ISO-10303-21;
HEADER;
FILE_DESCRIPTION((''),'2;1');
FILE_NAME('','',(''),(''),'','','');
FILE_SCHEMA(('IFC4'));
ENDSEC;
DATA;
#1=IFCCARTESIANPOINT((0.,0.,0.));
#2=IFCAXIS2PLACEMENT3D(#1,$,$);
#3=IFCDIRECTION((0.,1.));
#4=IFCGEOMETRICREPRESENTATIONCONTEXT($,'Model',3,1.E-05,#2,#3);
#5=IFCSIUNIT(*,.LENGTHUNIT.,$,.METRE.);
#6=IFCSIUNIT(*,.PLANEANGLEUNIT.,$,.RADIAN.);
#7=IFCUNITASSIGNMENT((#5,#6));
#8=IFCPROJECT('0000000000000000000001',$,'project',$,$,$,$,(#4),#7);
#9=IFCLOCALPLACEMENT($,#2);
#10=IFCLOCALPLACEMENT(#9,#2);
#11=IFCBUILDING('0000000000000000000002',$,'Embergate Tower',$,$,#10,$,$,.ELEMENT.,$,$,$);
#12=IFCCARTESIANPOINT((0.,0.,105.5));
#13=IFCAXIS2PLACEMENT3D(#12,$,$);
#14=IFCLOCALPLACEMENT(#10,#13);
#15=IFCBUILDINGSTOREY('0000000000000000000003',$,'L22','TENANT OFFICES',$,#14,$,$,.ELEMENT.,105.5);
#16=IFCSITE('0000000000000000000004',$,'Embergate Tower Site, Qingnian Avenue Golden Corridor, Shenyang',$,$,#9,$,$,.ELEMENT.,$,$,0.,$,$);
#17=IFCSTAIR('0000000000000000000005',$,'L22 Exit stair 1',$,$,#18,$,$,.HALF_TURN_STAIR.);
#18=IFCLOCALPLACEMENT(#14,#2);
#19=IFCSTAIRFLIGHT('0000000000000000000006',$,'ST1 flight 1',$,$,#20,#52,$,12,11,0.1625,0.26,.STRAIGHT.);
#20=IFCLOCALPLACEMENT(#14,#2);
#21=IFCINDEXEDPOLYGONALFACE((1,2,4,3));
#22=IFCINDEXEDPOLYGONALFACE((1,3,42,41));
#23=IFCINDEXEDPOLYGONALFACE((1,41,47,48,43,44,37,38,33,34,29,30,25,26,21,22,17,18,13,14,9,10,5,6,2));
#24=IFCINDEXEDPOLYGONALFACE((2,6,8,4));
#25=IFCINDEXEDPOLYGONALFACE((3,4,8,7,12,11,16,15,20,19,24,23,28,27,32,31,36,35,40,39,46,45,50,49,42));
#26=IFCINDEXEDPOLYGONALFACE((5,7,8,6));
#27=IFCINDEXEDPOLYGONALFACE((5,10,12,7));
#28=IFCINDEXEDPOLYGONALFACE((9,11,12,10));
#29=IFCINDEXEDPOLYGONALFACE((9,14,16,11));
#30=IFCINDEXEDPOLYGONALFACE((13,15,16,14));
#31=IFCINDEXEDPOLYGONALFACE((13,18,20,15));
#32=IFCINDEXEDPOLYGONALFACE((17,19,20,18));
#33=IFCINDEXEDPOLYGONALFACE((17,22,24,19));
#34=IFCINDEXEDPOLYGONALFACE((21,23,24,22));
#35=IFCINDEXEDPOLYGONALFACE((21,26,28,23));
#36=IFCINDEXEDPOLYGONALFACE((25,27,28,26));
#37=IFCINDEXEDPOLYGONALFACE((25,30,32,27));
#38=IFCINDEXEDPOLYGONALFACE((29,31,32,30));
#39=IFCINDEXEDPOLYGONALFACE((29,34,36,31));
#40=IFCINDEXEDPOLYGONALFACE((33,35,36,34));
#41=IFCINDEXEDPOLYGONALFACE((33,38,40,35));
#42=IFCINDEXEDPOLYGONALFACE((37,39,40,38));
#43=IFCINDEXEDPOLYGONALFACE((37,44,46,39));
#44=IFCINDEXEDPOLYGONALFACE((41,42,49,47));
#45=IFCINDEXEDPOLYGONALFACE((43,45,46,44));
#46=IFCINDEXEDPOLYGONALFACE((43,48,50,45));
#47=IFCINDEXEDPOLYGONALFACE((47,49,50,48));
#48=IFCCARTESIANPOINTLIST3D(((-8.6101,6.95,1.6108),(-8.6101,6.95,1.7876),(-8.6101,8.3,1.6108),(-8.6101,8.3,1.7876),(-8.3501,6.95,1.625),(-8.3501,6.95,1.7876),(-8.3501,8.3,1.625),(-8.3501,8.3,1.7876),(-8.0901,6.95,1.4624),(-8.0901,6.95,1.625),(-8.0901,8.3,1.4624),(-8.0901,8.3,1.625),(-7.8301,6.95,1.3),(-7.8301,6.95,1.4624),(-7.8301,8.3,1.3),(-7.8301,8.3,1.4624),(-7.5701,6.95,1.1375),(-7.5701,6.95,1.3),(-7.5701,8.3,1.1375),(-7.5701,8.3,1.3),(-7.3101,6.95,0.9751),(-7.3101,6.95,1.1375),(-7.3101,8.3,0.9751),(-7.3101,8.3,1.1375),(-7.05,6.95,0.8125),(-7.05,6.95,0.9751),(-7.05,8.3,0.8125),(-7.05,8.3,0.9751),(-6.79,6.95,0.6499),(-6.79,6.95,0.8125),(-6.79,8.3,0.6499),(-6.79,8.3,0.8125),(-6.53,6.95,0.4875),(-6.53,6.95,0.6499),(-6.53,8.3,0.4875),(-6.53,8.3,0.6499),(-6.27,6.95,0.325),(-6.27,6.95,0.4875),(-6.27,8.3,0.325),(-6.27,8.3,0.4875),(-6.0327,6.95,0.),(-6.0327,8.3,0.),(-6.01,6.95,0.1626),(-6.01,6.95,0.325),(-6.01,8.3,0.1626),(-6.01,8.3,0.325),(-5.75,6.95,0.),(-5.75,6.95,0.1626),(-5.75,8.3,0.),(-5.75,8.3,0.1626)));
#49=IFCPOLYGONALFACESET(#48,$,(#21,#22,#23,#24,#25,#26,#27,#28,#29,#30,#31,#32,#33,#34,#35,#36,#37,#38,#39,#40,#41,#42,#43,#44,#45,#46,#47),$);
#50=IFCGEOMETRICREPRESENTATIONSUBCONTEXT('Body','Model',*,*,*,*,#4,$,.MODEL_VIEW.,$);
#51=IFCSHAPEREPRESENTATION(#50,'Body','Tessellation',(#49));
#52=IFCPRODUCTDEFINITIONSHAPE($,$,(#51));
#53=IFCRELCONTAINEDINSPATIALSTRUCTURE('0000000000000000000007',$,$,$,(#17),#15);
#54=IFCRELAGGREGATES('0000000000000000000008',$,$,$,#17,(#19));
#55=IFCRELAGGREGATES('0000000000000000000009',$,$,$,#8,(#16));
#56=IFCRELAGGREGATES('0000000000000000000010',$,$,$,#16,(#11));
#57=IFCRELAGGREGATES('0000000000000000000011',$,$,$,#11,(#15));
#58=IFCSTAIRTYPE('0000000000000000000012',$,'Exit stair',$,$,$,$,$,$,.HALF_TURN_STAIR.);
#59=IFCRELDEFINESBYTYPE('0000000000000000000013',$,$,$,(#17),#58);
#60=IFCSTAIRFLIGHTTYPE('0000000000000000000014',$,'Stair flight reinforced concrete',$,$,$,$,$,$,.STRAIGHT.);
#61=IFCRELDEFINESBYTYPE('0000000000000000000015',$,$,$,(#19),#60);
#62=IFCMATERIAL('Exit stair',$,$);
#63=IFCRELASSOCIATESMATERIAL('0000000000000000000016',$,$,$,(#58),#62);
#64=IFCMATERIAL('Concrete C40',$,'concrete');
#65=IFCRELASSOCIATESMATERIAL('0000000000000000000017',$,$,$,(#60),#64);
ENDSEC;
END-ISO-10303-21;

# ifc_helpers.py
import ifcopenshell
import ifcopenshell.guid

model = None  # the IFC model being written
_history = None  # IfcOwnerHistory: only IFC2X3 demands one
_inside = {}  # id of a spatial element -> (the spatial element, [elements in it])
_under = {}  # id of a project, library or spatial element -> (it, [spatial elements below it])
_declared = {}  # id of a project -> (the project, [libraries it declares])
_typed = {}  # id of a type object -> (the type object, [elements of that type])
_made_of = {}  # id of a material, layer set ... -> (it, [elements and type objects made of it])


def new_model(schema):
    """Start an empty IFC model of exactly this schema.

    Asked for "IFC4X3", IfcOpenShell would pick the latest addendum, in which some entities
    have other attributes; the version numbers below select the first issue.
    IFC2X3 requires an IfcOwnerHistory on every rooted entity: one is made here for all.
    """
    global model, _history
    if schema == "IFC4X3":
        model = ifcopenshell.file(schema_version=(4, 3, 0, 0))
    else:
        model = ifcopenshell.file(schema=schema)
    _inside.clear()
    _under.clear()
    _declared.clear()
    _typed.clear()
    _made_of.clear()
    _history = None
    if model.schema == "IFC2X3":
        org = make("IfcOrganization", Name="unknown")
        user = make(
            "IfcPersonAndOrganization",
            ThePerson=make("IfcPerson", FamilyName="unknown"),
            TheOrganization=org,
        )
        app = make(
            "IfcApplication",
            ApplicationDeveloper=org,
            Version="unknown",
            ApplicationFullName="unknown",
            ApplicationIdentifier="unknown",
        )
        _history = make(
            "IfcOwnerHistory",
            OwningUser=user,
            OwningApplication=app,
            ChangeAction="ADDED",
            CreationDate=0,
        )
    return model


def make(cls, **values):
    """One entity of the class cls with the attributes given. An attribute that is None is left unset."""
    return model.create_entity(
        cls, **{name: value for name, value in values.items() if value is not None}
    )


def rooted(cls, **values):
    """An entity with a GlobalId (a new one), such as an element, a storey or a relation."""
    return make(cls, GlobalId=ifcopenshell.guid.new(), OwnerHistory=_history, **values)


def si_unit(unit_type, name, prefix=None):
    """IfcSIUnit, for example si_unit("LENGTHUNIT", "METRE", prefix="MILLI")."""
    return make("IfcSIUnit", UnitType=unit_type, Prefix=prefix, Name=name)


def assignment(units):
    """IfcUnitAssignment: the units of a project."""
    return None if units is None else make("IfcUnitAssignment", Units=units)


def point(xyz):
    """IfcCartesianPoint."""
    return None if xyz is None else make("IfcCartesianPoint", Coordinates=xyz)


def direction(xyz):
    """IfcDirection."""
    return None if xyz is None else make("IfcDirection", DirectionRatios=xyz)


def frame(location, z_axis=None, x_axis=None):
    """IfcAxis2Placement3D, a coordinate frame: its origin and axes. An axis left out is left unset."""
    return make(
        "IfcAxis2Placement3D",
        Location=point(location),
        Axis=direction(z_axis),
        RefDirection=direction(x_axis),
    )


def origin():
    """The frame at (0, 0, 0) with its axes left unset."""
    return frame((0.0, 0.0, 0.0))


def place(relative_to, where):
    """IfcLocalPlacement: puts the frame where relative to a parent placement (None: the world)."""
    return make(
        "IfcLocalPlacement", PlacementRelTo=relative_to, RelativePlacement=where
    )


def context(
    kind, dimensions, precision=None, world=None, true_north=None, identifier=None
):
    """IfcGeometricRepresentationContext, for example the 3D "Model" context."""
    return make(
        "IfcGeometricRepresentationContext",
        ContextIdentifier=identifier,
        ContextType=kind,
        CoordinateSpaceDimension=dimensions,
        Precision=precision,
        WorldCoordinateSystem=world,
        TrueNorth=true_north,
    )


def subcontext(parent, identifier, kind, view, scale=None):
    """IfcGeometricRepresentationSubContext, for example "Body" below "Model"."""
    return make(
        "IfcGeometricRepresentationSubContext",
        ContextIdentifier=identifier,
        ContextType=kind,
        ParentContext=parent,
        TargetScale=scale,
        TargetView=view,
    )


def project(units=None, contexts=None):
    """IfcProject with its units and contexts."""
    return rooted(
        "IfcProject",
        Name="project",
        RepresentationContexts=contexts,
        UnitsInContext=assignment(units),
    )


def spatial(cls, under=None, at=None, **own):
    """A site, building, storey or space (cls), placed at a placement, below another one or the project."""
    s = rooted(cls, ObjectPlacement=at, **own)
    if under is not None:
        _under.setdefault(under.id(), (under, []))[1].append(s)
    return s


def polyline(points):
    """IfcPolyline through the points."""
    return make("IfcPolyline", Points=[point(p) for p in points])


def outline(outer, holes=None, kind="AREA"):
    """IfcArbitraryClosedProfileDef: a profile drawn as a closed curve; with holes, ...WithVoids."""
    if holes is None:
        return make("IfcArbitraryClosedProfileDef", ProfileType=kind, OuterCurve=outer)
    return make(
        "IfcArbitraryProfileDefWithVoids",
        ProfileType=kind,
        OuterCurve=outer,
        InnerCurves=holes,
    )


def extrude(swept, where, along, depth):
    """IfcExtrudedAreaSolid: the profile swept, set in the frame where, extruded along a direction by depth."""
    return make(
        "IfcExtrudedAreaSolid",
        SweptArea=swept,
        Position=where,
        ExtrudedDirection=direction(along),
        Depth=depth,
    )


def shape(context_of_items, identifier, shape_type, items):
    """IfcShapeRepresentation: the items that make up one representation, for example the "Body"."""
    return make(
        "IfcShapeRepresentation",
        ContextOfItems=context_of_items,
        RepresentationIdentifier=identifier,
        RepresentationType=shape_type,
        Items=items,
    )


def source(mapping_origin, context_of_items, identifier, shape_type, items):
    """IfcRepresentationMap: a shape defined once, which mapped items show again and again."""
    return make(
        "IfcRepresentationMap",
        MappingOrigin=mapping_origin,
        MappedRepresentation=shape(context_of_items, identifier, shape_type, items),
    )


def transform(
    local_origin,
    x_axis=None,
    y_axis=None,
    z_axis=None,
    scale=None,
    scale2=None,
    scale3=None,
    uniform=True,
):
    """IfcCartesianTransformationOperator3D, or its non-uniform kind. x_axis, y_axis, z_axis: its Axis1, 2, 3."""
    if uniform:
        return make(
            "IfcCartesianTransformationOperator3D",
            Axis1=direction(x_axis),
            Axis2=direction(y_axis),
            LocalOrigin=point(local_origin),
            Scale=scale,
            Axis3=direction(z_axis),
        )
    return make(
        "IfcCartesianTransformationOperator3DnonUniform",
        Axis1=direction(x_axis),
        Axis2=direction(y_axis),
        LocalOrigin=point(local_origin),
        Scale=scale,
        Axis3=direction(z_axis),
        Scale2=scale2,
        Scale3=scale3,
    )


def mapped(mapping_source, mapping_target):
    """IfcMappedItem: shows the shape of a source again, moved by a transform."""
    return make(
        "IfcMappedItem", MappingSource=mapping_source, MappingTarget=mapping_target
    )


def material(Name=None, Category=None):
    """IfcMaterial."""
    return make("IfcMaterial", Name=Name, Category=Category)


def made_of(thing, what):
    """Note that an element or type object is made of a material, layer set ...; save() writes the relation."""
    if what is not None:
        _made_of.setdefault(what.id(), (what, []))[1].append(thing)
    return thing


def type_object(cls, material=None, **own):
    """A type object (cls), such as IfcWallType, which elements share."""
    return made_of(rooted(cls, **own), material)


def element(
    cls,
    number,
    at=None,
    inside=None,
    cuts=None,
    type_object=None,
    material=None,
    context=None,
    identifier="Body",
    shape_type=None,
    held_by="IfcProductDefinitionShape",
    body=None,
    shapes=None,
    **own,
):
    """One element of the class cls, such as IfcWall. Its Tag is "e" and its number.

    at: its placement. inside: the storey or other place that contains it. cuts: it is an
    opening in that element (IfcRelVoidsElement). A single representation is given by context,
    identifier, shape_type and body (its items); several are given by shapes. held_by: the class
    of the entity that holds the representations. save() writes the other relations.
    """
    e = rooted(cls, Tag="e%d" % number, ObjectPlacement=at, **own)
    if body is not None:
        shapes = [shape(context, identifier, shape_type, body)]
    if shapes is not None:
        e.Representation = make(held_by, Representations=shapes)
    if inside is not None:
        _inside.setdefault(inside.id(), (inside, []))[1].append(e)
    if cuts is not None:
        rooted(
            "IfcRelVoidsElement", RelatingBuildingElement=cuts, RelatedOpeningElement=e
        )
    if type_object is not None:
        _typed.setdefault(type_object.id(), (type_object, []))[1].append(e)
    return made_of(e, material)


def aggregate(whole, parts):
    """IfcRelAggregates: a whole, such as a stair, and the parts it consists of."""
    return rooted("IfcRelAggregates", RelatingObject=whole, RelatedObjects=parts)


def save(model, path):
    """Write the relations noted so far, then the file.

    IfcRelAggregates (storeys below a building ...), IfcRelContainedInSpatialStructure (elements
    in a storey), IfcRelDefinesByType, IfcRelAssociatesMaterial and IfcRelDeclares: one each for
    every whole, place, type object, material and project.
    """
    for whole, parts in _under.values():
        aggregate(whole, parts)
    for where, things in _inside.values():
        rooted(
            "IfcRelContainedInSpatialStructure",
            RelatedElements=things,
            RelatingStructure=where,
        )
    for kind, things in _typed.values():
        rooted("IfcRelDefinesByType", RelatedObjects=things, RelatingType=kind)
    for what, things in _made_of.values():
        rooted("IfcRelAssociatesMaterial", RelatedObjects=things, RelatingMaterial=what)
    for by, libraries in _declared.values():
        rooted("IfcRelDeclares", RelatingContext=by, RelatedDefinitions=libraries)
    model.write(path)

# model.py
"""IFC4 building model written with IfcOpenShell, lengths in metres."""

from ifc_helpers import new_model, si_unit, direction, frame, origin, place, context, subcontext, project, spatial, polyline, outline, extrude, source, transform, mapped, material, type_object, element, aggregate, save


model = new_model("IFC4")

# Units and contexts
model_context = context("Model", 3, precision=1e-05, world=origin(), true_north=direction((0.0, 1.0)))
body_context = subcontext(model_context, "Body", "Model", "MODEL_VIEW")
ifc_project = project(units=[si_unit("LENGTHUNIT", "METRE"), si_unit("PLANEANGLEUNIT", "RADIAN")], contexts=[model_context])

# Site, building, storey
site_placement = place(None, origin())
site = spatial("IfcSite", under=ifc_project, at=site_placement, Name="Embergate Tower Site, Qingnian Avenue Golden Corridor, Shenyang", CompositionType="ELEMENT", RefElevation=0.0)
building_placement = place(site_placement, origin())
building = spatial("IfcBuilding", under=site, at=building_placement, Name="Embergate Tower", CompositionType="ELEMENT")
storey_placement = place(building_placement, frame((0.0, 0.0, 105.5)))
storey = spatial("IfcBuildingStorey", under=building, at=storey_placement, Name="L22", Description="TENANT OFFICES", CompositionType="ELEMENT", Elevation=105.5)

# Stair, stair flight
ifc_material_1 = material(Name="Exit stair")
stair_type = type_object("IfcStairType", Name="Exit stair", PredefinedType="HALF_TURN_STAIR", material=ifc_material_1)
stair_placement = place(storey_placement, origin())
stair = element("IfcStair", 1, at=stair_placement, inside=storey, type_object=stair_type, Name="L22 Exit stair 1", PredefinedType="HALF_TURN_STAIR")
ifc_material_2 = material(Name="Concrete C40", Category="concrete")
stair_flight_type = type_object("IfcStairFlightType", Name="Stair flight reinforced concrete", PredefinedType="STRAIGHT", material=ifc_material_2)
shared_shape_1 = source(origin(), body_context, "Body", "SweptSolid", [
    extrude(outline(polyline([(0.0, 0.0), (0.0, 0.1626), (0.26, 0.1626), (0.26, 0.325), (0.52, 0.325), (0.52, 0.4875), (0.78, 0.4875), (0.78, 0.6499), (1.04, 0.6499), (1.04, 0.8125), (1.3, 0.8125), (1.3, 0.9751), (1.5601, 0.9751), (1.5601, 1.1375), (1.8201, 1.1375), (1.8201, 1.3), (2.0801, 1.3), (2.0801, 1.4624), (2.3401, 1.4624), (2.3401, 1.625), (2.6001, 1.625), (2.6001, 1.7876), (2.8601, 1.7876), (2.8601, 1.95), (2.8601, 1.6108), (0.2827, 0.0), (0.0, 0.0)])), frame((0.0, 0.675, 0.0), z_axis=(0.0, -1.0, 0.0), x_axis=(1.0, 0.0, 0.0)), (0.0, 0.0, 1.0), 1.3501),
])
stair_flight_placement = place(storey_placement, frame((-5.75, 7.625, 0.0), z_axis=(0.0, 0.0, 1.0), x_axis=(-1.0, 0.0, 0.0)))
stair_flight = element("IfcStairFlight", 2, at=stair_flight_placement, type_object=stair_flight_type, Name="ST1 flight 1", NumberOfRisers=12, NumberOfTreads=11, PredefinedType="STRAIGHT", RiserHeight=0.1625, TreadLength=0.26, context=body_context, shape_type="MappedRepresentation", body=[
    mapped(shared_shape_1, transform((0.0, 0.0, 0.0))),
])
aggregate(stair, [stair_flight])

save(model, "model.ifc")
